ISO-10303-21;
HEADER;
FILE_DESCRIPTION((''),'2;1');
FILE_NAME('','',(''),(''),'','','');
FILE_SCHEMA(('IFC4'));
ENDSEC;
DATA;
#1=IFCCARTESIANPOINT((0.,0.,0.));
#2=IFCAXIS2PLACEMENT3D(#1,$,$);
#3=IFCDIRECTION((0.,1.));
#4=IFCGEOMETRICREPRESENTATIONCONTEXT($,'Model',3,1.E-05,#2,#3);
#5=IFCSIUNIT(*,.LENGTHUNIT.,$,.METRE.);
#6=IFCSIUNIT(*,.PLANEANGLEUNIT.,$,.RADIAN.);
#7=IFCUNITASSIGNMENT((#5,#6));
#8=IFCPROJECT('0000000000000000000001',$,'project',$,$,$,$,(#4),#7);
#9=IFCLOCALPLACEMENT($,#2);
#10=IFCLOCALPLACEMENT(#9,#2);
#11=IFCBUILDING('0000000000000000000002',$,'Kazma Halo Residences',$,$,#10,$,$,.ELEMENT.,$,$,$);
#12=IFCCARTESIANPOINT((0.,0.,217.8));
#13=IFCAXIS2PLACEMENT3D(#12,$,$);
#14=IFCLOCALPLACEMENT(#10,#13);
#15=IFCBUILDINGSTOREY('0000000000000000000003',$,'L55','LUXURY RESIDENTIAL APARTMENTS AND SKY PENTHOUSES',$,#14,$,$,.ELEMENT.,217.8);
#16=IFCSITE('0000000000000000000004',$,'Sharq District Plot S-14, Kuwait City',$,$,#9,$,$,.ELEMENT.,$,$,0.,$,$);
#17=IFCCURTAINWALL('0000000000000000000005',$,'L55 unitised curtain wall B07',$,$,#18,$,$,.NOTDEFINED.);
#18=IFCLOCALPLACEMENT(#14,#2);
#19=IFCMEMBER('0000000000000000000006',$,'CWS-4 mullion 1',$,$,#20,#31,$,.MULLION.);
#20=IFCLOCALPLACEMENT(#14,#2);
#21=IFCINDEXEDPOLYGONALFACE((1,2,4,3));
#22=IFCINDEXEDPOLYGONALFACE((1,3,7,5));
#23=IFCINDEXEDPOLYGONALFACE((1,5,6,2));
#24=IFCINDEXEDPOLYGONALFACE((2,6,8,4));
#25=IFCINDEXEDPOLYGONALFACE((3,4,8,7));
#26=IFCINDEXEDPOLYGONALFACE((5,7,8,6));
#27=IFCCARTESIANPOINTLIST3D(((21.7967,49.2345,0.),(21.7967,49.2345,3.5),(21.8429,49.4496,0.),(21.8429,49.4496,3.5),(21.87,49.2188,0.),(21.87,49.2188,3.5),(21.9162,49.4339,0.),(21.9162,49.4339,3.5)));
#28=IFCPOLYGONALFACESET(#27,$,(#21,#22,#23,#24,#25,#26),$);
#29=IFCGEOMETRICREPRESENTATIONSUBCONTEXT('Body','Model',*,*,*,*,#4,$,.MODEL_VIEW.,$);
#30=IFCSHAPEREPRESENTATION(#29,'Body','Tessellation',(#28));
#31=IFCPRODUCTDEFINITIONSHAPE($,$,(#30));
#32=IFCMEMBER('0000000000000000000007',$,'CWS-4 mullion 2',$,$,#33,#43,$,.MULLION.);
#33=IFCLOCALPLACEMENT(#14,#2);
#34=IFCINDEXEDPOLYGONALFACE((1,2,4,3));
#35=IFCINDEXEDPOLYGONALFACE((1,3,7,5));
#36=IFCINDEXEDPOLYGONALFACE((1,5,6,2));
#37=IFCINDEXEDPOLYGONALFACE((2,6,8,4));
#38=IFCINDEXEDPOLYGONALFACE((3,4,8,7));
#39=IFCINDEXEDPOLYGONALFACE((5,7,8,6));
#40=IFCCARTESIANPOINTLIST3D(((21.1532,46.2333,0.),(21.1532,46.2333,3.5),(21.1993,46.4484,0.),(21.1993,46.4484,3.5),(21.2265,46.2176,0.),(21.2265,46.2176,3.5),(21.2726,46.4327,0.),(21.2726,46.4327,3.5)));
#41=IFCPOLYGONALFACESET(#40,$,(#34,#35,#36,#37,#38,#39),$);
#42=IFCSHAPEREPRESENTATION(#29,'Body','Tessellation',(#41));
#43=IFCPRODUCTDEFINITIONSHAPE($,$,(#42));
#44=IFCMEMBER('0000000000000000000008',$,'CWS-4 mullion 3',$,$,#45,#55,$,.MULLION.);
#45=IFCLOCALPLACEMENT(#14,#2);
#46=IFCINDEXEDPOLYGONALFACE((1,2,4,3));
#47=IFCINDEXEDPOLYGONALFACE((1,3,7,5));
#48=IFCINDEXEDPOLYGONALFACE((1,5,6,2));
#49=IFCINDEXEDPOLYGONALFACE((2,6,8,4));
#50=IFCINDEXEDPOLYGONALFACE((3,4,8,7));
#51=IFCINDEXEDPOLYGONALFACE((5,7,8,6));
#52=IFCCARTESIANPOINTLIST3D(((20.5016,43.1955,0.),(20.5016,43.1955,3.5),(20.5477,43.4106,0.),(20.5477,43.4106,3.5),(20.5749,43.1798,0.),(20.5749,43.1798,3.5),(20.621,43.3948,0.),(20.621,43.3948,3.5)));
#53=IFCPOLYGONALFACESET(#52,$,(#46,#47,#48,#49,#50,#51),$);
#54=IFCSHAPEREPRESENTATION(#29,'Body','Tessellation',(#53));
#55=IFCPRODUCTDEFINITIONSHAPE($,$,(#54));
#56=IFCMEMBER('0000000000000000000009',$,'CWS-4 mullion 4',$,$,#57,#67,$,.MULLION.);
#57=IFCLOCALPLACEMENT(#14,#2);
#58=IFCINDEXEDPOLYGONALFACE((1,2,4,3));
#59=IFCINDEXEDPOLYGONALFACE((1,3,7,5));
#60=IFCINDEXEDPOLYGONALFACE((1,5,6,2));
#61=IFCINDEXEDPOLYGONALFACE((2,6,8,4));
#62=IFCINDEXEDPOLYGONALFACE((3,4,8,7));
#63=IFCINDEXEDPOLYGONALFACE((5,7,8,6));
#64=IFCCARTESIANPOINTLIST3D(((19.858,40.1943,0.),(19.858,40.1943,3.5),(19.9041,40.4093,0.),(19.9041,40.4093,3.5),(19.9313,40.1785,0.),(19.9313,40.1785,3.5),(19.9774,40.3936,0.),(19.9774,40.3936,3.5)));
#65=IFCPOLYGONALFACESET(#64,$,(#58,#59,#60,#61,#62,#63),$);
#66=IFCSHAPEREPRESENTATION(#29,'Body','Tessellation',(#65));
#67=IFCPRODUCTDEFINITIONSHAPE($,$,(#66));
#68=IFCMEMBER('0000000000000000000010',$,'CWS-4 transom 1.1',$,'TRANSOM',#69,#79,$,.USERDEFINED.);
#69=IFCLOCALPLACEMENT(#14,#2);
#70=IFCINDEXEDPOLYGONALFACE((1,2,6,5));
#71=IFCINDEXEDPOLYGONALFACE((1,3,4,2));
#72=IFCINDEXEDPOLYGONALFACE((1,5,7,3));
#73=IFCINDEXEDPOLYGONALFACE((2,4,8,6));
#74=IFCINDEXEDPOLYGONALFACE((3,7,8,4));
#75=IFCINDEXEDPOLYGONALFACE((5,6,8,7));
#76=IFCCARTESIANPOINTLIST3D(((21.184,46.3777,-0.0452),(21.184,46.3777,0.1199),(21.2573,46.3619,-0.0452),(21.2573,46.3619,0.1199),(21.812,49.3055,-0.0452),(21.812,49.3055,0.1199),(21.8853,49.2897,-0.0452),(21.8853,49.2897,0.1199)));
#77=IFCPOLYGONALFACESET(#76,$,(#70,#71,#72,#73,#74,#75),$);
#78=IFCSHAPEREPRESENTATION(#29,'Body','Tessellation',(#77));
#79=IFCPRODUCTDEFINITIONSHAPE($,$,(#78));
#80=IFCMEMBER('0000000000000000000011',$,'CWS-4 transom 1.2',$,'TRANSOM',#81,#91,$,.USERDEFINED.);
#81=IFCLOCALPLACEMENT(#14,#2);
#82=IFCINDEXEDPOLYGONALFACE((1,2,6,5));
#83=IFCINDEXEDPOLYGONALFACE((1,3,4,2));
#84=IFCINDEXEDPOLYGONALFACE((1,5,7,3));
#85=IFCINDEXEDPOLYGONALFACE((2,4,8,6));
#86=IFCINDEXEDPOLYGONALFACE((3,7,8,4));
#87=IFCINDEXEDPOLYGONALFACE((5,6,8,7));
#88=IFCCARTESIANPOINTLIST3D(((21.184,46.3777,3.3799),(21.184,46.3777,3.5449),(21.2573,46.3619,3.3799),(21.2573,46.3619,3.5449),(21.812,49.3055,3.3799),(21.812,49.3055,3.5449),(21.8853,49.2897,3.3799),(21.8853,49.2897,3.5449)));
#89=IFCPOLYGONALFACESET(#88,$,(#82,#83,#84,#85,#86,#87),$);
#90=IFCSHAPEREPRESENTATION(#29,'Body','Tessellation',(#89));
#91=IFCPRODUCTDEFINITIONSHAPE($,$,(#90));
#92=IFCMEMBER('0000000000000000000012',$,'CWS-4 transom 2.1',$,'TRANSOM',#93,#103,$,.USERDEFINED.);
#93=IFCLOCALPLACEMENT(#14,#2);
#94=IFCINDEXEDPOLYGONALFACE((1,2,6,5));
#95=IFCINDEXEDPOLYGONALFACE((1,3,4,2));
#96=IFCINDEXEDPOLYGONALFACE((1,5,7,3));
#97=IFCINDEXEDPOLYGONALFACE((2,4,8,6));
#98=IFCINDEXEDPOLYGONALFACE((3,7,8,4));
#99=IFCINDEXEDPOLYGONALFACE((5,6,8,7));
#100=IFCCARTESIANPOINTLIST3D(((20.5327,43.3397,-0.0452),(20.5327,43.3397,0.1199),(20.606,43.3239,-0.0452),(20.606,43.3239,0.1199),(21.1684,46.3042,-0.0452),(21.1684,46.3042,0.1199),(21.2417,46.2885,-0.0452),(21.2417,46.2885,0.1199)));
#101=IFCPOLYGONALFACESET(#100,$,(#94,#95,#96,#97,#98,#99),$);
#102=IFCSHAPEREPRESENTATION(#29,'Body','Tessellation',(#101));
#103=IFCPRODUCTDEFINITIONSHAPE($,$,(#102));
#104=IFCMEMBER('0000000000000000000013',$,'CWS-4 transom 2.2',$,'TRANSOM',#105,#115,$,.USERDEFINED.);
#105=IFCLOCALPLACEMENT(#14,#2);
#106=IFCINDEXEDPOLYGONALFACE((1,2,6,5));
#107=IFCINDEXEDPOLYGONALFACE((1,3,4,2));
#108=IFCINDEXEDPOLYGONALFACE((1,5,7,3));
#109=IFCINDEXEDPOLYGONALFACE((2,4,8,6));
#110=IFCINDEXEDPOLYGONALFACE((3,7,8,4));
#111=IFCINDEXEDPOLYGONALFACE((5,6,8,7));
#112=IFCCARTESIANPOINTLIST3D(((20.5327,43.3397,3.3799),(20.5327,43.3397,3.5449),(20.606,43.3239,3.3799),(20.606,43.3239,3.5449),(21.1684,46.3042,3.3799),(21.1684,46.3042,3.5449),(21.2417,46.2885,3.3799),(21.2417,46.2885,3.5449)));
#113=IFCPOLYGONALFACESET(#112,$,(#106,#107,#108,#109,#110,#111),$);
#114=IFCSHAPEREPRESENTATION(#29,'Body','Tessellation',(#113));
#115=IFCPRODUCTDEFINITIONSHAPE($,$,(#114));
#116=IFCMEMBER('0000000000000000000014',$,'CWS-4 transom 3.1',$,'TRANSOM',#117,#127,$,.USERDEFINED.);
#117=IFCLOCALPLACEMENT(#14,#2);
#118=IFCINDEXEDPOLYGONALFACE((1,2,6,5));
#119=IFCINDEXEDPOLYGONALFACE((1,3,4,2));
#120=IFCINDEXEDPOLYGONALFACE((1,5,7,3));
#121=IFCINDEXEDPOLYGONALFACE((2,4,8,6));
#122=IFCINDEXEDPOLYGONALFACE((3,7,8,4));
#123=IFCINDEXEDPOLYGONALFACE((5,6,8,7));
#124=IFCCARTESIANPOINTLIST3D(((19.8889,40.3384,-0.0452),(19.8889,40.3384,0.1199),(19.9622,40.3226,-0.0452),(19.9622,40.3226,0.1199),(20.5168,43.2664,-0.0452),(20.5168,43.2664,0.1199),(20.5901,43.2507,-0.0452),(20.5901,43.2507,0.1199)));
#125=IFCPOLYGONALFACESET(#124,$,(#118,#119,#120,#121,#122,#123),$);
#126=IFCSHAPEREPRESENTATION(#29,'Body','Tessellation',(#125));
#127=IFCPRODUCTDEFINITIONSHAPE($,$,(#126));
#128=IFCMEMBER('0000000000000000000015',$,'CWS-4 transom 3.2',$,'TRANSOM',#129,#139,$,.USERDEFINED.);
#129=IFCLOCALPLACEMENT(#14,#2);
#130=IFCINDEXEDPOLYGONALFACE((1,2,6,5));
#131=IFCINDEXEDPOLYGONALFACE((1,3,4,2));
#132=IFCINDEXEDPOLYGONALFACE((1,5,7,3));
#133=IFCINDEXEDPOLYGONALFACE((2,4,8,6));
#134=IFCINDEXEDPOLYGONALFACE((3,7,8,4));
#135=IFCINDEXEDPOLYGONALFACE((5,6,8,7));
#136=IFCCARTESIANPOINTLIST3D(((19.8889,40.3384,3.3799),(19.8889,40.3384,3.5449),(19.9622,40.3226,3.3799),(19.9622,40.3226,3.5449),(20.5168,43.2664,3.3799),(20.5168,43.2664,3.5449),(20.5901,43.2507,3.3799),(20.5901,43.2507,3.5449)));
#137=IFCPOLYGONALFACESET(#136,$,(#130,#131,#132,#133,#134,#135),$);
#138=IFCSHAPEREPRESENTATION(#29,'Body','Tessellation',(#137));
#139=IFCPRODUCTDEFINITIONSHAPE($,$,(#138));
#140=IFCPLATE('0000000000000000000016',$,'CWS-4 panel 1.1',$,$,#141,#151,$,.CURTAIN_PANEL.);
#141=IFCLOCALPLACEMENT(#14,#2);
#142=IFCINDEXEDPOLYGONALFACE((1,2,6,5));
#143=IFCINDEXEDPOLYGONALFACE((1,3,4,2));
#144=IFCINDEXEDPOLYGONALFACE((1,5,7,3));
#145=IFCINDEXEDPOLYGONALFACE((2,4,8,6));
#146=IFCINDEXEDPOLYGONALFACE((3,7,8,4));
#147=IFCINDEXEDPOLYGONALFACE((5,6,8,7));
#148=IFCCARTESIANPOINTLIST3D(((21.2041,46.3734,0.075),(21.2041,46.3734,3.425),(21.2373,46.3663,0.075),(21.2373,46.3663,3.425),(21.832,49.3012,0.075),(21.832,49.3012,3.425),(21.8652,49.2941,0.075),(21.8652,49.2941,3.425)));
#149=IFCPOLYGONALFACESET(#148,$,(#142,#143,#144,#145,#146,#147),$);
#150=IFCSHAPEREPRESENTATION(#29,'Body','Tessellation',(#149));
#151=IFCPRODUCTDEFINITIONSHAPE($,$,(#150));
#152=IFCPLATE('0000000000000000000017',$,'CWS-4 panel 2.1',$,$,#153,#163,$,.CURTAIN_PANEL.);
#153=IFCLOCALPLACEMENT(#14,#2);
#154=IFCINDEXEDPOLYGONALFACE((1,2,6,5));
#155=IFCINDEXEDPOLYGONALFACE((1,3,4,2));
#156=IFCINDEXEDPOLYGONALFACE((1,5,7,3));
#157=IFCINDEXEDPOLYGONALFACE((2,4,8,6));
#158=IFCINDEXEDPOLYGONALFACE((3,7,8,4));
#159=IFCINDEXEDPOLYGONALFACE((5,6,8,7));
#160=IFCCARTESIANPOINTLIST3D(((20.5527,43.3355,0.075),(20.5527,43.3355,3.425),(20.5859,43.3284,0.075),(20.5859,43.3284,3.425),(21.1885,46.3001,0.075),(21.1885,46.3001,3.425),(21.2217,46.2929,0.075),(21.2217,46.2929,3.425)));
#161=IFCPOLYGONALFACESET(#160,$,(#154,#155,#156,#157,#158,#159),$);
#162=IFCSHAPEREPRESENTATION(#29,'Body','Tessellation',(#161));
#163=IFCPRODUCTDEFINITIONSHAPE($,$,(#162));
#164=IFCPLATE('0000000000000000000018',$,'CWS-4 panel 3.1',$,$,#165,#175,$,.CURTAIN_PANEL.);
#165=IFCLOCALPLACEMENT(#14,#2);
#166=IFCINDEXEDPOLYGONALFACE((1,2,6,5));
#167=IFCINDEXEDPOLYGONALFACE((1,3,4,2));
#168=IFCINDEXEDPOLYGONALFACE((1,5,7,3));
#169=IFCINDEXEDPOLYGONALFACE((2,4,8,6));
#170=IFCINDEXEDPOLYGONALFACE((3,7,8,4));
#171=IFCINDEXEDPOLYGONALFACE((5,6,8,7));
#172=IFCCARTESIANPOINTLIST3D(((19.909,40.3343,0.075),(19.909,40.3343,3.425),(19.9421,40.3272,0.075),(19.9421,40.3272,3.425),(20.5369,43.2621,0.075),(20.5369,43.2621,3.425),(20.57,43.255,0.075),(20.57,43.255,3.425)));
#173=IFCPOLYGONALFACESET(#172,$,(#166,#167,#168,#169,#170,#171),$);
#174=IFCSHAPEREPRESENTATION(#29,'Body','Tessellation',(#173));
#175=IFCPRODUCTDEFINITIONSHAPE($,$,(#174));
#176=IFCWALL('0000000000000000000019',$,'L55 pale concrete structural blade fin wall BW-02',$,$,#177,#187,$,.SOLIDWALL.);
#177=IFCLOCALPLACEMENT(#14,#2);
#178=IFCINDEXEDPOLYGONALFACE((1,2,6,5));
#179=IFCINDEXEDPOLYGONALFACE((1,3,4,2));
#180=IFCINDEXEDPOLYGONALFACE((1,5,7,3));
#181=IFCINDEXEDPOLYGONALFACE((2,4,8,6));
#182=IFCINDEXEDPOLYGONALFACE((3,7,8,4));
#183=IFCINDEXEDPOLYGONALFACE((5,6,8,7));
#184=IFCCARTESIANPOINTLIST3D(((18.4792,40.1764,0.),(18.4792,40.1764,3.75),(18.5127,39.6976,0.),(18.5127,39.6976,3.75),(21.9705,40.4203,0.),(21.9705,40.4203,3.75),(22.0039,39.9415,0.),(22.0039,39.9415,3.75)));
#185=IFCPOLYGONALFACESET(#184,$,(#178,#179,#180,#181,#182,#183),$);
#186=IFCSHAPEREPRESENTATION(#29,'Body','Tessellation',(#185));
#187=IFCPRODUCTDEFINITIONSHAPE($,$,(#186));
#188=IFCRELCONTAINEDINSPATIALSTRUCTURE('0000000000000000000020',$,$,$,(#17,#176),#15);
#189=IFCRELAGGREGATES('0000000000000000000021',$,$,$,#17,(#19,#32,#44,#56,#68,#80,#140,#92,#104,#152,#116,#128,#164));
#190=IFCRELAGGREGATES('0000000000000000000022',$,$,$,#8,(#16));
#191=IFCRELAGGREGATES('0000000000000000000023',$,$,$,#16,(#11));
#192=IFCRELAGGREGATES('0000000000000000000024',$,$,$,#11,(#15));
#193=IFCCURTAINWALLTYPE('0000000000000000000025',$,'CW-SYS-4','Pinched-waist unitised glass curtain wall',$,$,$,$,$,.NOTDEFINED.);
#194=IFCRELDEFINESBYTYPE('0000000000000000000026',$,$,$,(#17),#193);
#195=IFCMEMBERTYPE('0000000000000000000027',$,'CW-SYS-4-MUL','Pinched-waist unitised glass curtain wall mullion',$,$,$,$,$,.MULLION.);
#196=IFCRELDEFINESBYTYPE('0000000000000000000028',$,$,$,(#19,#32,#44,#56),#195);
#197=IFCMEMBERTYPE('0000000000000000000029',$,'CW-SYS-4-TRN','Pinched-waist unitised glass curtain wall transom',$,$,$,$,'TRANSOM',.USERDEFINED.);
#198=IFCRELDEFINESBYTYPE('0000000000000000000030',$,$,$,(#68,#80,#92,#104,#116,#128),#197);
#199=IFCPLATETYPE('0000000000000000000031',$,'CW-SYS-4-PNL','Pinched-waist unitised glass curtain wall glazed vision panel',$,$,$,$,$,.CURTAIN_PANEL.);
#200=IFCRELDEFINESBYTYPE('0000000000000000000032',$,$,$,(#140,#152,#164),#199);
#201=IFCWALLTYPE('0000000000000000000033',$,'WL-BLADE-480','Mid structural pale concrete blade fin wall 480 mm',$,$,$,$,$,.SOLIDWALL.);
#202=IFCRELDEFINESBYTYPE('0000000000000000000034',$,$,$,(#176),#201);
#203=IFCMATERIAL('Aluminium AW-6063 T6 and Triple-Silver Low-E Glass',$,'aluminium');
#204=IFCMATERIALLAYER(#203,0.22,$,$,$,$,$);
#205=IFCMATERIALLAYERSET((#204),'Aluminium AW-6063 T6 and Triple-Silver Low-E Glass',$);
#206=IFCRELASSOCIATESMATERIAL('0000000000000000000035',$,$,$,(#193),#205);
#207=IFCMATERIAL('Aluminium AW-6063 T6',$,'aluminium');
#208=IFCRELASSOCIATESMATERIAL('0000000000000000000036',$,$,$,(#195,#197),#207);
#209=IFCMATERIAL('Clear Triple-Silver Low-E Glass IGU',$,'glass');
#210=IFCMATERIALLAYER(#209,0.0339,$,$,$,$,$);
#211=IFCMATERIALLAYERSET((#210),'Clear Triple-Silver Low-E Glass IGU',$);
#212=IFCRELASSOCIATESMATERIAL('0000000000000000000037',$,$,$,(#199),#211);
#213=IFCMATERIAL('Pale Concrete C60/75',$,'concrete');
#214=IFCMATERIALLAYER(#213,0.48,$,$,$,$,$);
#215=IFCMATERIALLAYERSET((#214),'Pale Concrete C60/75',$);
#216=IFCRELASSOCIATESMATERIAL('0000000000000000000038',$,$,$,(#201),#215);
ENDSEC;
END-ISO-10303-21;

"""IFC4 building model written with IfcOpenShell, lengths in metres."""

from ifc_helpers import new_model, si_unit, direction, frame, frame_2d, origin, origin_2d, place, context, subcontext, project, spatial, rectangle, extrude, material, layer, layer_set, material_profile, profile_set, type_object, element, aggregate, save


model = new_model("IFC4")

# Units and contexts
model_context = context("Model", 3, precision=1e-05, world=origin(), true_north=direction((0.0, 1.0)))
body_context = subcontext(model_context, "Body", "Model", "MODEL_VIEW")
ifc_project = project(units=[si_unit("LENGTHUNIT", "METRE"), si_unit("PLANEANGLEUNIT", "RADIAN")], contexts=[model_context])

# Site, building, storey
site_placement = place(None, origin())
site = spatial("IfcSite", under=ifc_project, at=site_placement, Name="Sharq District Plot S-14, Kuwait City", CompositionType="ELEMENT", RefElevation=0.0)
building_placement = place(site_placement, origin())
building = spatial("IfcBuilding", under=site, at=building_placement, Name="Kazma Halo Residences", CompositionType="ELEMENT")
storey_placement = place(building_placement, frame((0.0, 0.0, 217.8)))
storey = spatial("IfcBuildingStorey", under=building, at=storey_placement, Name="L55", Description="LUXURY RESIDENTIAL APARTMENTS AND SKY PENTHOUSES", CompositionType="ELEMENT", Elevation=217.8)

# Curtain wall, members, plates
ifc_material_1 = material(Name="Aluminium AW-6063 T6 and Triple-Silver Low-E Glass", Category="aluminium")
ifc_layer_1 = layer(ifc_material_1, 0.22)
ifc_layer_set_1 = layer_set([ifc_layer_1], Name="Aluminium AW-6063 T6 and Triple-Silver Low-E Glass")
curtain_wall_type = type_object("IfcCurtainWallType", Name="CW-SYS-4", Description="Pinched-waist unitised glass curtain wall", PredefinedType="NOTDEFINED", material=ifc_layer_set_1)
curtain_wall_placement = place(storey_placement, origin())
curtain_wall = element("IfcCurtainWall", 1, at=curtain_wall_placement, inside=storey, type_object=curtain_wall_type, Name="L55 unitised curtain wall B07", PredefinedType="NOTDEFINED")
ifc_material_2 = material(Name="Aluminium AW-6063 T6", Category="aluminium")
ifc_material_profile_1 = material_profile(ifc_material_2, rectangle(XDim=0.075, YDim=0.22, at=origin_2d()), Name="CWM-75x220")
ifc_profile_set_1 = profile_set([ifc_material_profile_1], Name="Aluminium AW-6063 T6")
member_type_1 = type_object("IfcMemberType", Name="CW-SYS-4-MUL", Description="Pinched-waist unitised glass curtain wall mullion", PredefinedType="MULLION", material=ifc_profile_set_1)
member_1_placement = place(storey_placement, frame((21.8564, 49.3342, 0.0), z_axis=(0.0, 0.0, 1.0), x_axis=(0.977768, -0.20969, 0.0)))
member_1 = element("IfcMember", 2, at=member_1_placement, type_object=member_type_1, Name="CWS-4 mullion 1", PredefinedType="MULLION", context=body_context, shape_type="SweptSolid", body=[
    extrude(rectangle(XDim=0.075, YDim=0.22, at=origin_2d()), origin(), (0.0, 0.0, 1.0), 3.5),
])
member_2_placement = place(storey_placement, frame((21.2129, 46.333, 0.0), z_axis=(0.0, 0.0, 1.0), x_axis=(0.977768, -0.20969, 0.0)))
member_2 = element("IfcMember", 3, at=member_2_placement, type_object=member_type_1, Name="CWS-4 mullion 2", PredefinedType="MULLION", context=body_context, shape_type="SweptSolid", body=[
    extrude(rectangle(XDim=0.075, YDim=0.22, at=origin_2d()), origin(), (0.0, 0.0, 1.0), 3.5),
])
member_3_placement = place(storey_placement, frame((20.5613, 43.2952, 0.0), z_axis=(0.0, 0.0, 1.0), x_axis=(0.977768, -0.20969, 0.0)))
member_3 = element("IfcMember", 4, at=member_3_placement, type_object=member_type_1, Name="CWS-4 mullion 3", PredefinedType="MULLION", context=body_context, shape_type="SweptSolid", body=[
    extrude(rectangle(XDim=0.075, YDim=0.22, at=origin_2d()), origin(), (0.0, 0.0, 1.0), 3.5),
])
member_4_placement = place(storey_placement, frame((19.9177, 40.2939, 0.0), z_axis=(0.0, 0.0, 1.0), x_axis=(0.977768, -0.20969, 0.0)))
member_4 = element("IfcMember", 5, at=member_4_placement, type_object=member_type_1, Name="CWS-4 mullion 4", PredefinedType="MULLION", context=body_context, shape_type="SweptSolid", body=[
    extrude(rectangle(XDim=0.075, YDim=0.22, at=origin_2d()), origin(), (0.0, 0.0, 1.0), 3.5),
])
ifc_material_profile_2 = material_profile(ifc_material_2, rectangle(XDim=0.075, YDim=0.165, at=origin_2d()), Name="CWT-75x165")
ifc_profile_set_2 = profile_set([ifc_material_profile_2], Name="Aluminium AW-6063 T6")
member_type_2 = type_object("IfcMemberType", Name="CW-SYS-4-TRN", Description="Pinched-waist unitised glass curtain wall transom", ElementType="TRANSOM", PredefinedType="USERDEFINED", material=ifc_profile_set_2)
member_5_placement = place(storey_placement, frame((21.8486, 49.2976, 0.0374), z_axis=(-0.209707, -0.977764, 0.0), x_axis=(0.977764, -0.209707, 0.0)))
member_5 = element("IfcMember", 6, at=member_5_placement, type_object=member_type_2, Name="CWS-4 transom 1.1", ObjectType="TRANSOM", PredefinedType="USERDEFINED", context=body_context, shape_type="SweptSolid", body=[
    extrude(rectangle(XDim=0.075, YDim=0.165, at=origin_2d()), origin(), (0.0, 0.0, 1.0), 2.9944),
])
member_6_placement = place(storey_placement, frame((21.8486, 49.2976, 3.4624), z_axis=(-0.209707, -0.977764, 0.0), x_axis=(0.977764, -0.209707, 0.0)))
member_6 = element("IfcMember", 7, at=member_6_placement, type_object=member_type_2, Name="CWS-4 transom 1.2", ObjectType="TRANSOM", PredefinedType="USERDEFINED", context=body_context, shape_type="SweptSolid", body=[
    extrude(rectangle(XDim=0.075, YDim=0.165, at=origin_2d()), origin(), (0.0, 0.0, 1.0), 2.9944),
])
member_7_placement = place(storey_placement, frame((21.2051, 46.2964, 0.0374), z_axis=(-0.209678, -0.977771, 0.0), x_axis=(0.977771, -0.209678, 0.0)))
member_7 = element("IfcMember", 8, at=member_7_placement, type_object=member_type_2, Name="CWS-4 transom 2.1", ObjectType="TRANSOM", PredefinedType="USERDEFINED", context=body_context, shape_type="SweptSolid", body=[
    extrude(rectangle(XDim=0.075, YDim=0.165, at=origin_2d()), origin(), (0.0, 0.0, 1.0), 3.032),
])
member_8_placement = place(storey_placement, frame((21.2051, 46.2964, 3.4624), z_axis=(-0.209678, -0.977771, 0.0), x_axis=(0.977771, -0.209678, 0.0)))
member_8 = element("IfcMember", 9, at=member_8_placement, type_object=member_type_2, Name="CWS-4 transom 2.2", ObjectType="TRANSOM", PredefinedType="USERDEFINED", context=body_context, shape_type="SweptSolid", body=[
    extrude(rectangle(XDim=0.075, YDim=0.165, at=origin_2d()), origin(), (0.0, 0.0, 1.0), 3.032),
])
member_9_placement = place(storey_placement, frame((20.5535, 43.2585, 0.0374), z_axis=(-0.209691, -0.977768, 0.0), x_axis=(0.977768, -0.209691, 0.0)))
member_9 = element("IfcMember", 10, at=member_9_placement, type_object=member_type_2, Name="CWS-4 transom 3.1", ObjectType="TRANSOM", PredefinedType="USERDEFINED", context=body_context, shape_type="SweptSolid", body=[
    extrude(rectangle(XDim=0.075, YDim=0.165, at=origin_2d()), origin(), (0.0, 0.0, 1.0), 2.9946),
])
member_10_placement = place(storey_placement, frame((20.5535, 43.2585, 3.4624), z_axis=(-0.209691, -0.977768, 0.0), x_axis=(0.977768, -0.209691, 0.0)))
member_10 = element("IfcMember", 11, at=member_10_placement, type_object=member_type_2, Name="CWS-4 transom 3.2", ObjectType="TRANSOM", PredefinedType="USERDEFINED", context=body_context, shape_type="SweptSolid", body=[
    extrude(rectangle(XDim=0.075, YDim=0.165, at=origin_2d()), origin(), (0.0, 0.0, 1.0), 2.9946),
])
ifc_material_3 = material(Name="Clear Triple-Silver Low-E Glass IGU", Category="glass")
ifc_layer_2 = layer(ifc_material_3, 0.0339)
ifc_layer_set_2 = layer_set([ifc_layer_2], Name="Clear Triple-Silver Low-E Glass IGU")
plate_type = type_object("IfcPlateType", Name="CW-SYS-4-PNL", Description="Pinched-waist unitised glass curtain wall glazed vision panel", PredefinedType="CURTAIN_PANEL", material=ifc_layer_set_2)
plate_1_placement = place(storey_placement, frame((21.5347, 47.8337, 0.075), z_axis=(0.0, 0.0, 1.0), x_axis=(-0.20969, -0.977768, 0.0)))
plate_1 = element("IfcPlate", 12, at=plate_1_placement, type_object=plate_type, Name="CWS-4 panel 1.1", PredefinedType="CURTAIN_PANEL", context=body_context, shape_type="SweptSolid", body=[
    extrude(rectangle(XDim=2.9944, YDim=0.0339, at=origin_2d()), origin(), (0.0, 0.0, 1.0), 3.3501),
])
plate_2_placement = place(storey_placement, frame((20.8872, 44.8142, 0.075), z_axis=(0.0, 0.0, 1.0), x_axis=(-0.20969, -0.977768, 0.0)))
plate_2 = element("IfcPlate", 13, at=plate_2_placement, type_object=plate_type, Name="CWS-4 panel 2.1", PredefinedType="CURTAIN_PANEL", context=body_context, shape_type="SweptSolid", body=[
    extrude(rectangle(XDim=3.032, YDim=0.0339, at=origin_2d()), origin(), (0.0, 0.0, 1.0), 3.3501),
])
plate_3_placement = place(storey_placement, frame((20.2395, 41.7947, 0.075), z_axis=(0.0, 0.0, 1.0), x_axis=(-0.20969, -0.977768, 0.0)))
plate_3 = element("IfcPlate", 14, at=plate_3_placement, type_object=plate_type, Name="CWS-4 panel 3.1", PredefinedType="CURTAIN_PANEL", context=body_context, shape_type="SweptSolid", body=[
    extrude(rectangle(XDim=2.9944, YDim=0.0339, at=origin_2d()), origin(), (0.0, 0.0, 1.0), 3.3501),
])
aggregate(curtain_wall, [member_1, member_2, member_3, member_4, member_5, member_6, plate_1, member_7, member_8, plate_2, member_9, member_10, plate_3])

# Wall
ifc_material_4 = material(Name="Pale Concrete C60/75", Category="concrete")
ifc_layer_3 = layer(ifc_material_4, 0.48)
ifc_layer_set_3 = layer_set([ifc_layer_3], Name="Pale Concrete C60/75")
wall_type_1 = type_object("IfcWallType", Name="WL-BLADE-480", Description="Mid structural pale concrete blade fin wall 480 mm", PredefinedType="SOLIDWALL", material=ifc_layer_set_3)
wall_1_placement = place(storey_placement, frame((21.9873, 40.1809, 0.0), z_axis=(0.0, 0.0, 1.0), x_axis=(-0.997569, -0.06969, 0.0)))
element("IfcWall", 15, at=wall_1_placement, inside=storey, type_object=wall_type_1, Name="L55 pale concrete structural blade fin wall BW-02", PredefinedType="SOLIDWALL", context=body_context, shape_type="SweptSolid", body=[
    extrude(rectangle(XDim=3.4998, YDim=0.48, at=frame_2d((1.75, 0.0))), origin(), (0.0, 0.0, 1.0), 3.75),
])

save(model, "model.ifc")
